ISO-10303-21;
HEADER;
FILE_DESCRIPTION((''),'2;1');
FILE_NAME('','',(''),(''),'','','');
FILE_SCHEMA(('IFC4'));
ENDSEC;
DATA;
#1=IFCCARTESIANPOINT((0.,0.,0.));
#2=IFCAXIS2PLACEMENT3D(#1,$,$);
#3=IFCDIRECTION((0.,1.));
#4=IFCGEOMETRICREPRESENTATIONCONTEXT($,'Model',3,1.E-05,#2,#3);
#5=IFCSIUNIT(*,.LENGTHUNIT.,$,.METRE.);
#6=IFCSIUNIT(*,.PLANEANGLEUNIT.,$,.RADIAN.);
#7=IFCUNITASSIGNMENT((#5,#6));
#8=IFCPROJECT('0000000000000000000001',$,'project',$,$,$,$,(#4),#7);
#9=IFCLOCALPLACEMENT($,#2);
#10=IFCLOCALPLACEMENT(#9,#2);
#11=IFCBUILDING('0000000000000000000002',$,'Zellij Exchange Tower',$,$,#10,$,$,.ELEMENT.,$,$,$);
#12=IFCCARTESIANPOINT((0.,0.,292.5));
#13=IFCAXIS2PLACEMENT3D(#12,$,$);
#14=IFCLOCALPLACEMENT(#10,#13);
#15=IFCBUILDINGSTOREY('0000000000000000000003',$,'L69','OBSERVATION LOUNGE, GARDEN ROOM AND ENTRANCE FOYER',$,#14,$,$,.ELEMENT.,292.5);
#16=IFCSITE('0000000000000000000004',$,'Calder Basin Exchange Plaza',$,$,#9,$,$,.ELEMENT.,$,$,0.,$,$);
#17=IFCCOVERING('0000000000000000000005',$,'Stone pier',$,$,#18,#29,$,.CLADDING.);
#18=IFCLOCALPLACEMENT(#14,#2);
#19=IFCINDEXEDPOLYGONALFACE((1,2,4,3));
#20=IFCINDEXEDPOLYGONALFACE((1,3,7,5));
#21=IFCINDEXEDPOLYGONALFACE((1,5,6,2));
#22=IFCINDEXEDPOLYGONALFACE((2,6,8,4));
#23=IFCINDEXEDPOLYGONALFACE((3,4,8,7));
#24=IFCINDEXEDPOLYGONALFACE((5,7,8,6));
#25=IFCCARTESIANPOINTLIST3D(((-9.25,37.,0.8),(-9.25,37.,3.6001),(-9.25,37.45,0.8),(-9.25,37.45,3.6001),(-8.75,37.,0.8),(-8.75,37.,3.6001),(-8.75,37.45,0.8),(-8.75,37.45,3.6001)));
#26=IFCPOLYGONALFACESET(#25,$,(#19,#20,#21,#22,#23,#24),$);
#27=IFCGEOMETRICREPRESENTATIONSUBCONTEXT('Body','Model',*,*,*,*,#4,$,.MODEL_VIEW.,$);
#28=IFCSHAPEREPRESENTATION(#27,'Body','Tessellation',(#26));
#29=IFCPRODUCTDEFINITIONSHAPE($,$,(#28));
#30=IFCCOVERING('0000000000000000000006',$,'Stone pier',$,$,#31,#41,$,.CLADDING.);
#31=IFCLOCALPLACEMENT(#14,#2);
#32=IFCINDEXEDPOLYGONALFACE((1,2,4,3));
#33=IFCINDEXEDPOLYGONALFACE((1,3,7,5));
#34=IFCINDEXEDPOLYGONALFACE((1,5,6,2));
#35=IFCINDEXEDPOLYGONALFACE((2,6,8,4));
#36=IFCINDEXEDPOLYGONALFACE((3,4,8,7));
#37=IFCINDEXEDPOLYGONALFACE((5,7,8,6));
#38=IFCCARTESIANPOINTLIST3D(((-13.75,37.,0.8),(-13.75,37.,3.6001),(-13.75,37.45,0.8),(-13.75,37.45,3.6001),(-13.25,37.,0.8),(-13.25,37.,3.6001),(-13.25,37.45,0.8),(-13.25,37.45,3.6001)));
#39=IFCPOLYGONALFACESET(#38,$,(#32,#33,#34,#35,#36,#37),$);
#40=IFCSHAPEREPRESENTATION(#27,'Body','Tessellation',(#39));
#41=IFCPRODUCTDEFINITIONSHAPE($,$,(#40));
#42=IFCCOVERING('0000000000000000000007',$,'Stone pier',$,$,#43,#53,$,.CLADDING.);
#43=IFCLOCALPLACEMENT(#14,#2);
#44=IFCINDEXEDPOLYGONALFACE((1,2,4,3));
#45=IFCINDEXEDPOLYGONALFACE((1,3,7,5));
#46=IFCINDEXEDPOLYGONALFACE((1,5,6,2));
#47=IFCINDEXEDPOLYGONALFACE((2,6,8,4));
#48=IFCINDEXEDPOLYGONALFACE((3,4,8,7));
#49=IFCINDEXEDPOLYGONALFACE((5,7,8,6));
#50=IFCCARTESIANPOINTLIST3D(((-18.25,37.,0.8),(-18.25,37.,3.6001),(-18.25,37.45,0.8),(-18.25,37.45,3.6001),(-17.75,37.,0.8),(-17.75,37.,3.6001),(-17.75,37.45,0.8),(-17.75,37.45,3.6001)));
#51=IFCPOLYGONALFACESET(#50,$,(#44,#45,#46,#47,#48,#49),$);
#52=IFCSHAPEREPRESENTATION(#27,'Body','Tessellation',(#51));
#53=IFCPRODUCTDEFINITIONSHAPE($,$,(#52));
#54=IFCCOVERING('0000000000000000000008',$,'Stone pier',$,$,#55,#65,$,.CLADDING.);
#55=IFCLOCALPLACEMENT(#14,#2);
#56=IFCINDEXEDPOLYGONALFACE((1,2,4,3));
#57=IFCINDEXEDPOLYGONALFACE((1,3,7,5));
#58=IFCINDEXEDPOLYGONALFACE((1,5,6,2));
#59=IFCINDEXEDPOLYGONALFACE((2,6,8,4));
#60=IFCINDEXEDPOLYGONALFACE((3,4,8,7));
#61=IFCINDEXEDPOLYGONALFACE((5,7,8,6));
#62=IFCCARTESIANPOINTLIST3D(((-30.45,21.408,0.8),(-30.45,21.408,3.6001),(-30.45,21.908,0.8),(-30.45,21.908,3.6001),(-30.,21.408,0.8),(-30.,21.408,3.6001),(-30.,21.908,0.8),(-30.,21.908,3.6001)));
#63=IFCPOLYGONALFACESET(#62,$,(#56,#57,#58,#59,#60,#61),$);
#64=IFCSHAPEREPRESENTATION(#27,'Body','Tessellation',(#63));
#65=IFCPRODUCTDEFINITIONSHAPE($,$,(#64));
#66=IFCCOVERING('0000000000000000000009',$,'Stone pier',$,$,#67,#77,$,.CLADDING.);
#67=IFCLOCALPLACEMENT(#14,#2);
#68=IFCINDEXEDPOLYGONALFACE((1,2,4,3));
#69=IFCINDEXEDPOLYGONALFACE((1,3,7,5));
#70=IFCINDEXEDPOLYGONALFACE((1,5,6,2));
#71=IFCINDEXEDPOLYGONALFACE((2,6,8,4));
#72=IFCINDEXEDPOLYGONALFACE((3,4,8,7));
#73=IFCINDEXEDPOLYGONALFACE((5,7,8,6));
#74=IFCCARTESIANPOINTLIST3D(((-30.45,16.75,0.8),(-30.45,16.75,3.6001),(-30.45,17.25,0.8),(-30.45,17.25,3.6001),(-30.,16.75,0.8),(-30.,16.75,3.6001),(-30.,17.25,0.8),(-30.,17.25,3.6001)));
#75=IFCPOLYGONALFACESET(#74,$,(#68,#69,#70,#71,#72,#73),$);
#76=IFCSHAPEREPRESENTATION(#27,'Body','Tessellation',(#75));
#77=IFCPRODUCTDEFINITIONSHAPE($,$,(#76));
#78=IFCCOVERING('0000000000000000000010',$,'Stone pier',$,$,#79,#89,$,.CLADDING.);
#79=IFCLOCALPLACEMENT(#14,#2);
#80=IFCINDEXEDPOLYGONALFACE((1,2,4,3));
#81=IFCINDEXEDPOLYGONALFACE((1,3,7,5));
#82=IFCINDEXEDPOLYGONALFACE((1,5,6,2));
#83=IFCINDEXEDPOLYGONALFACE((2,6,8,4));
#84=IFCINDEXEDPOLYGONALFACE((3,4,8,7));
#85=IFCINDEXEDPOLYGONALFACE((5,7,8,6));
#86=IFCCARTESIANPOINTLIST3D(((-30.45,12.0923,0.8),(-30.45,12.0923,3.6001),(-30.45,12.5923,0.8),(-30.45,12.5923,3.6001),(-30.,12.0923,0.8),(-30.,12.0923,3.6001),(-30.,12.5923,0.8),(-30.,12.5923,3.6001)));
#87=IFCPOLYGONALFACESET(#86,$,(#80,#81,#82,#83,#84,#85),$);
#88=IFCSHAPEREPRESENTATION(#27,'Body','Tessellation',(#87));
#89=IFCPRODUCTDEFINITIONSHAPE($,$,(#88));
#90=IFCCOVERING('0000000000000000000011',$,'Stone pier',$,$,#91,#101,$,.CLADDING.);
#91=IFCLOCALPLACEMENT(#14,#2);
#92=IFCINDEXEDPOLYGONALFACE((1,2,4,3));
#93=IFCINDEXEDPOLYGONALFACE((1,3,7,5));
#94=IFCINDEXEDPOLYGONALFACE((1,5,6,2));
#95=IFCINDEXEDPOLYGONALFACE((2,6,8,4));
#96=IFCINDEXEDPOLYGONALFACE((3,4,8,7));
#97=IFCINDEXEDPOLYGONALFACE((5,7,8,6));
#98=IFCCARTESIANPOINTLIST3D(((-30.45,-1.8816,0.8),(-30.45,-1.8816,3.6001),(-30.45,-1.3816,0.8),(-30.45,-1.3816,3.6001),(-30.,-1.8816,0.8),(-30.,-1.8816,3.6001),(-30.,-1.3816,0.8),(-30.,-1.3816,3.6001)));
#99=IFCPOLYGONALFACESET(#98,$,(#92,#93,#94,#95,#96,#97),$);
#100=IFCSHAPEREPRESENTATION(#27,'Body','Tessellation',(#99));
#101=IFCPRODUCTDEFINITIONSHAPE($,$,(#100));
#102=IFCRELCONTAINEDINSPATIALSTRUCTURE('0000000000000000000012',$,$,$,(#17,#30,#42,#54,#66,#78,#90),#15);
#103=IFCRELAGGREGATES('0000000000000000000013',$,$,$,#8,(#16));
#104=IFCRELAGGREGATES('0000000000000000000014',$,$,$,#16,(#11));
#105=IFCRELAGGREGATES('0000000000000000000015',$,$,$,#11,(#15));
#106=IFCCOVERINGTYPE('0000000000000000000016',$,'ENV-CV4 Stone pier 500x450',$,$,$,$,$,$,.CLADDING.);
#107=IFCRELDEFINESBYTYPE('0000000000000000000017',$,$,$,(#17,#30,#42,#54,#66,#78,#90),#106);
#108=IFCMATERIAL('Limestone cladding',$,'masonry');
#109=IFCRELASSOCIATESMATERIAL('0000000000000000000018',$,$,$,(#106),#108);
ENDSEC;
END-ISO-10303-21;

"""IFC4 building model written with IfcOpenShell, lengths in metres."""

from ifc_helpers import new_model, si_unit, direction, frame, origin, place, context, subcontext, project, spatial, polyline, outline, extrude, material, type_object, element, save


model = new_model("IFC4")

# Units and contexts
model_context = context("Model", 3, precision=1e-05, world=origin(), true_north=direction((0.0, 1.0)))
body_context = subcontext(model_context, "Body", "Model", "MODEL_VIEW")
ifc_project = project(units=[si_unit("LENGTHUNIT", "METRE"), si_unit("PLANEANGLEUNIT", "RADIAN")], contexts=[model_context])

# Site, building, storey
site_placement = place(None, origin())
site = spatial("IfcSite", under=ifc_project, at=site_placement, Name="Calder Basin Exchange Plaza", CompositionType="ELEMENT", RefElevation=0.0)
building_placement = place(site_placement, origin())
building = spatial("IfcBuilding", under=site, at=building_placement, Name="Zellij Exchange Tower", CompositionType="ELEMENT")
storey_placement = place(building_placement, frame((0.0, 0.0, 292.5)))
storey = spatial("IfcBuildingStorey", under=building, at=storey_placement, Name="L69", Description="OBSERVATION LOUNGE, GARDEN ROOM AND ENTRANCE FOYER", CompositionType="ELEMENT", Elevation=292.5)

# Coverings
ifc_material_1 = material(Name="Limestone cladding", Category="masonry")
covering_type_1 = type_object("IfcCoveringType", Name="ENV-CV4 Stone pier 500x450", PredefinedType="CLADDING", material=ifc_material_1)
covering_1_placement = place(storey_placement, frame((0.0, 0.0, 0.8)))
element("IfcCovering", 1, at=covering_1_placement, inside=storey, type_object=covering_type_1, Name="Stone pier", PredefinedType="CLADDING", context=body_context, shape_type="SweptSolid", body=[
    extrude(outline(polyline([(-8.75, 37.0), (-9.25, 37.0), (-9.25, 37.45), (-8.75, 37.45), (-8.75, 37.0)])), origin(), (0.0, 0.0, 1.0), 2.8),
])
covering_2_placement = place(storey_placement, frame((0.0, 0.0, 0.8)))
element("IfcCovering", 2, at=covering_2_placement, inside=storey, type_object=covering_type_1, Name="Stone pier", PredefinedType="CLADDING", context=body_context, shape_type="SweptSolid", body=[
    extrude(outline(polyline([(-13.25, 37.0), (-13.75, 37.0), (-13.75, 37.45), (-13.25, 37.45), (-13.25, 37.0)])), origin(), (0.0, 0.0, 1.0), 2.8),
])
covering_3_placement = place(storey_placement, frame((0.0, 0.0, 0.8)))
element("IfcCovering", 3, at=covering_3_placement, inside=storey, type_object=covering_type_1, Name="Stone pier", PredefinedType="CLADDING", context=body_context, shape_type="SweptSolid", body=[
    extrude(outline(polyline([(-17.75, 37.0), (-18.25, 37.0), (-18.25, 37.45), (-17.75, 37.45), (-17.75, 37.0)])), origin(), (0.0, 0.0, 1.0), 2.8),
])
covering_4_placement = place(storey_placement, frame((0.0, 0.0, 0.8)))
element("IfcCovering", 4, at=covering_4_placement, inside=storey, type_object=covering_type_1, Name="Stone pier", PredefinedType="CLADDING", context=body_context, shape_type="SweptSolid", body=[
    extrude(outline(polyline([(-30.0, 21.908), (-30.0, 21.408), (-30.45, 21.408), (-30.45, 21.908), (-30.0, 21.908)])), origin(), (0.0, 0.0, 1.0), 2.8),
])
covering_5_placement = place(storey_placement, frame((0.0, 0.0, 0.8)))
element("IfcCovering", 5, at=covering_5_placement, inside=storey, type_object=covering_type_1, Name="Stone pier", PredefinedType="CLADDING", context=body_context, shape_type="SweptSolid", body=[
    extrude(outline(polyline([(-30.0, 17.25), (-30.0, 16.75), (-30.45, 16.75), (-30.45, 17.25), (-30.0, 17.25)])), origin(), (0.0, 0.0, 1.0), 2.8),
])
covering_6_placement = place(storey_placement, frame((0.0, 0.0, 0.8)))
element("IfcCovering", 6, at=covering_6_placement, inside=storey, type_object=covering_type_1, Name="Stone pier", PredefinedType="CLADDING", context=body_context, shape_type="SweptSolid", body=[
    extrude(outline(polyline([(-30.0, 12.5923), (-30.0, 12.0923), (-30.45, 12.0923), (-30.45, 12.5923), (-30.0, 12.5923)])), origin(), (0.0, 0.0, 1.0), 2.8),
])
covering_7_placement = place(storey_placement, frame((0.0, 0.0, 0.8)))
element("IfcCovering", 7, at=covering_7_placement, inside=storey, type_object=covering_type_1, Name="Stone pier", PredefinedType="CLADDING", context=body_context, shape_type="SweptSolid", body=[
    extrude(outline(polyline([(-30.0, -1.3816), (-30.0, -1.8816), (-30.45, -1.8816), (-30.45, -1.3816), (-30.0, -1.3816)])), origin(), (0.0, 0.0, 1.0), 2.8),
])

save(model, "model.ifc")
